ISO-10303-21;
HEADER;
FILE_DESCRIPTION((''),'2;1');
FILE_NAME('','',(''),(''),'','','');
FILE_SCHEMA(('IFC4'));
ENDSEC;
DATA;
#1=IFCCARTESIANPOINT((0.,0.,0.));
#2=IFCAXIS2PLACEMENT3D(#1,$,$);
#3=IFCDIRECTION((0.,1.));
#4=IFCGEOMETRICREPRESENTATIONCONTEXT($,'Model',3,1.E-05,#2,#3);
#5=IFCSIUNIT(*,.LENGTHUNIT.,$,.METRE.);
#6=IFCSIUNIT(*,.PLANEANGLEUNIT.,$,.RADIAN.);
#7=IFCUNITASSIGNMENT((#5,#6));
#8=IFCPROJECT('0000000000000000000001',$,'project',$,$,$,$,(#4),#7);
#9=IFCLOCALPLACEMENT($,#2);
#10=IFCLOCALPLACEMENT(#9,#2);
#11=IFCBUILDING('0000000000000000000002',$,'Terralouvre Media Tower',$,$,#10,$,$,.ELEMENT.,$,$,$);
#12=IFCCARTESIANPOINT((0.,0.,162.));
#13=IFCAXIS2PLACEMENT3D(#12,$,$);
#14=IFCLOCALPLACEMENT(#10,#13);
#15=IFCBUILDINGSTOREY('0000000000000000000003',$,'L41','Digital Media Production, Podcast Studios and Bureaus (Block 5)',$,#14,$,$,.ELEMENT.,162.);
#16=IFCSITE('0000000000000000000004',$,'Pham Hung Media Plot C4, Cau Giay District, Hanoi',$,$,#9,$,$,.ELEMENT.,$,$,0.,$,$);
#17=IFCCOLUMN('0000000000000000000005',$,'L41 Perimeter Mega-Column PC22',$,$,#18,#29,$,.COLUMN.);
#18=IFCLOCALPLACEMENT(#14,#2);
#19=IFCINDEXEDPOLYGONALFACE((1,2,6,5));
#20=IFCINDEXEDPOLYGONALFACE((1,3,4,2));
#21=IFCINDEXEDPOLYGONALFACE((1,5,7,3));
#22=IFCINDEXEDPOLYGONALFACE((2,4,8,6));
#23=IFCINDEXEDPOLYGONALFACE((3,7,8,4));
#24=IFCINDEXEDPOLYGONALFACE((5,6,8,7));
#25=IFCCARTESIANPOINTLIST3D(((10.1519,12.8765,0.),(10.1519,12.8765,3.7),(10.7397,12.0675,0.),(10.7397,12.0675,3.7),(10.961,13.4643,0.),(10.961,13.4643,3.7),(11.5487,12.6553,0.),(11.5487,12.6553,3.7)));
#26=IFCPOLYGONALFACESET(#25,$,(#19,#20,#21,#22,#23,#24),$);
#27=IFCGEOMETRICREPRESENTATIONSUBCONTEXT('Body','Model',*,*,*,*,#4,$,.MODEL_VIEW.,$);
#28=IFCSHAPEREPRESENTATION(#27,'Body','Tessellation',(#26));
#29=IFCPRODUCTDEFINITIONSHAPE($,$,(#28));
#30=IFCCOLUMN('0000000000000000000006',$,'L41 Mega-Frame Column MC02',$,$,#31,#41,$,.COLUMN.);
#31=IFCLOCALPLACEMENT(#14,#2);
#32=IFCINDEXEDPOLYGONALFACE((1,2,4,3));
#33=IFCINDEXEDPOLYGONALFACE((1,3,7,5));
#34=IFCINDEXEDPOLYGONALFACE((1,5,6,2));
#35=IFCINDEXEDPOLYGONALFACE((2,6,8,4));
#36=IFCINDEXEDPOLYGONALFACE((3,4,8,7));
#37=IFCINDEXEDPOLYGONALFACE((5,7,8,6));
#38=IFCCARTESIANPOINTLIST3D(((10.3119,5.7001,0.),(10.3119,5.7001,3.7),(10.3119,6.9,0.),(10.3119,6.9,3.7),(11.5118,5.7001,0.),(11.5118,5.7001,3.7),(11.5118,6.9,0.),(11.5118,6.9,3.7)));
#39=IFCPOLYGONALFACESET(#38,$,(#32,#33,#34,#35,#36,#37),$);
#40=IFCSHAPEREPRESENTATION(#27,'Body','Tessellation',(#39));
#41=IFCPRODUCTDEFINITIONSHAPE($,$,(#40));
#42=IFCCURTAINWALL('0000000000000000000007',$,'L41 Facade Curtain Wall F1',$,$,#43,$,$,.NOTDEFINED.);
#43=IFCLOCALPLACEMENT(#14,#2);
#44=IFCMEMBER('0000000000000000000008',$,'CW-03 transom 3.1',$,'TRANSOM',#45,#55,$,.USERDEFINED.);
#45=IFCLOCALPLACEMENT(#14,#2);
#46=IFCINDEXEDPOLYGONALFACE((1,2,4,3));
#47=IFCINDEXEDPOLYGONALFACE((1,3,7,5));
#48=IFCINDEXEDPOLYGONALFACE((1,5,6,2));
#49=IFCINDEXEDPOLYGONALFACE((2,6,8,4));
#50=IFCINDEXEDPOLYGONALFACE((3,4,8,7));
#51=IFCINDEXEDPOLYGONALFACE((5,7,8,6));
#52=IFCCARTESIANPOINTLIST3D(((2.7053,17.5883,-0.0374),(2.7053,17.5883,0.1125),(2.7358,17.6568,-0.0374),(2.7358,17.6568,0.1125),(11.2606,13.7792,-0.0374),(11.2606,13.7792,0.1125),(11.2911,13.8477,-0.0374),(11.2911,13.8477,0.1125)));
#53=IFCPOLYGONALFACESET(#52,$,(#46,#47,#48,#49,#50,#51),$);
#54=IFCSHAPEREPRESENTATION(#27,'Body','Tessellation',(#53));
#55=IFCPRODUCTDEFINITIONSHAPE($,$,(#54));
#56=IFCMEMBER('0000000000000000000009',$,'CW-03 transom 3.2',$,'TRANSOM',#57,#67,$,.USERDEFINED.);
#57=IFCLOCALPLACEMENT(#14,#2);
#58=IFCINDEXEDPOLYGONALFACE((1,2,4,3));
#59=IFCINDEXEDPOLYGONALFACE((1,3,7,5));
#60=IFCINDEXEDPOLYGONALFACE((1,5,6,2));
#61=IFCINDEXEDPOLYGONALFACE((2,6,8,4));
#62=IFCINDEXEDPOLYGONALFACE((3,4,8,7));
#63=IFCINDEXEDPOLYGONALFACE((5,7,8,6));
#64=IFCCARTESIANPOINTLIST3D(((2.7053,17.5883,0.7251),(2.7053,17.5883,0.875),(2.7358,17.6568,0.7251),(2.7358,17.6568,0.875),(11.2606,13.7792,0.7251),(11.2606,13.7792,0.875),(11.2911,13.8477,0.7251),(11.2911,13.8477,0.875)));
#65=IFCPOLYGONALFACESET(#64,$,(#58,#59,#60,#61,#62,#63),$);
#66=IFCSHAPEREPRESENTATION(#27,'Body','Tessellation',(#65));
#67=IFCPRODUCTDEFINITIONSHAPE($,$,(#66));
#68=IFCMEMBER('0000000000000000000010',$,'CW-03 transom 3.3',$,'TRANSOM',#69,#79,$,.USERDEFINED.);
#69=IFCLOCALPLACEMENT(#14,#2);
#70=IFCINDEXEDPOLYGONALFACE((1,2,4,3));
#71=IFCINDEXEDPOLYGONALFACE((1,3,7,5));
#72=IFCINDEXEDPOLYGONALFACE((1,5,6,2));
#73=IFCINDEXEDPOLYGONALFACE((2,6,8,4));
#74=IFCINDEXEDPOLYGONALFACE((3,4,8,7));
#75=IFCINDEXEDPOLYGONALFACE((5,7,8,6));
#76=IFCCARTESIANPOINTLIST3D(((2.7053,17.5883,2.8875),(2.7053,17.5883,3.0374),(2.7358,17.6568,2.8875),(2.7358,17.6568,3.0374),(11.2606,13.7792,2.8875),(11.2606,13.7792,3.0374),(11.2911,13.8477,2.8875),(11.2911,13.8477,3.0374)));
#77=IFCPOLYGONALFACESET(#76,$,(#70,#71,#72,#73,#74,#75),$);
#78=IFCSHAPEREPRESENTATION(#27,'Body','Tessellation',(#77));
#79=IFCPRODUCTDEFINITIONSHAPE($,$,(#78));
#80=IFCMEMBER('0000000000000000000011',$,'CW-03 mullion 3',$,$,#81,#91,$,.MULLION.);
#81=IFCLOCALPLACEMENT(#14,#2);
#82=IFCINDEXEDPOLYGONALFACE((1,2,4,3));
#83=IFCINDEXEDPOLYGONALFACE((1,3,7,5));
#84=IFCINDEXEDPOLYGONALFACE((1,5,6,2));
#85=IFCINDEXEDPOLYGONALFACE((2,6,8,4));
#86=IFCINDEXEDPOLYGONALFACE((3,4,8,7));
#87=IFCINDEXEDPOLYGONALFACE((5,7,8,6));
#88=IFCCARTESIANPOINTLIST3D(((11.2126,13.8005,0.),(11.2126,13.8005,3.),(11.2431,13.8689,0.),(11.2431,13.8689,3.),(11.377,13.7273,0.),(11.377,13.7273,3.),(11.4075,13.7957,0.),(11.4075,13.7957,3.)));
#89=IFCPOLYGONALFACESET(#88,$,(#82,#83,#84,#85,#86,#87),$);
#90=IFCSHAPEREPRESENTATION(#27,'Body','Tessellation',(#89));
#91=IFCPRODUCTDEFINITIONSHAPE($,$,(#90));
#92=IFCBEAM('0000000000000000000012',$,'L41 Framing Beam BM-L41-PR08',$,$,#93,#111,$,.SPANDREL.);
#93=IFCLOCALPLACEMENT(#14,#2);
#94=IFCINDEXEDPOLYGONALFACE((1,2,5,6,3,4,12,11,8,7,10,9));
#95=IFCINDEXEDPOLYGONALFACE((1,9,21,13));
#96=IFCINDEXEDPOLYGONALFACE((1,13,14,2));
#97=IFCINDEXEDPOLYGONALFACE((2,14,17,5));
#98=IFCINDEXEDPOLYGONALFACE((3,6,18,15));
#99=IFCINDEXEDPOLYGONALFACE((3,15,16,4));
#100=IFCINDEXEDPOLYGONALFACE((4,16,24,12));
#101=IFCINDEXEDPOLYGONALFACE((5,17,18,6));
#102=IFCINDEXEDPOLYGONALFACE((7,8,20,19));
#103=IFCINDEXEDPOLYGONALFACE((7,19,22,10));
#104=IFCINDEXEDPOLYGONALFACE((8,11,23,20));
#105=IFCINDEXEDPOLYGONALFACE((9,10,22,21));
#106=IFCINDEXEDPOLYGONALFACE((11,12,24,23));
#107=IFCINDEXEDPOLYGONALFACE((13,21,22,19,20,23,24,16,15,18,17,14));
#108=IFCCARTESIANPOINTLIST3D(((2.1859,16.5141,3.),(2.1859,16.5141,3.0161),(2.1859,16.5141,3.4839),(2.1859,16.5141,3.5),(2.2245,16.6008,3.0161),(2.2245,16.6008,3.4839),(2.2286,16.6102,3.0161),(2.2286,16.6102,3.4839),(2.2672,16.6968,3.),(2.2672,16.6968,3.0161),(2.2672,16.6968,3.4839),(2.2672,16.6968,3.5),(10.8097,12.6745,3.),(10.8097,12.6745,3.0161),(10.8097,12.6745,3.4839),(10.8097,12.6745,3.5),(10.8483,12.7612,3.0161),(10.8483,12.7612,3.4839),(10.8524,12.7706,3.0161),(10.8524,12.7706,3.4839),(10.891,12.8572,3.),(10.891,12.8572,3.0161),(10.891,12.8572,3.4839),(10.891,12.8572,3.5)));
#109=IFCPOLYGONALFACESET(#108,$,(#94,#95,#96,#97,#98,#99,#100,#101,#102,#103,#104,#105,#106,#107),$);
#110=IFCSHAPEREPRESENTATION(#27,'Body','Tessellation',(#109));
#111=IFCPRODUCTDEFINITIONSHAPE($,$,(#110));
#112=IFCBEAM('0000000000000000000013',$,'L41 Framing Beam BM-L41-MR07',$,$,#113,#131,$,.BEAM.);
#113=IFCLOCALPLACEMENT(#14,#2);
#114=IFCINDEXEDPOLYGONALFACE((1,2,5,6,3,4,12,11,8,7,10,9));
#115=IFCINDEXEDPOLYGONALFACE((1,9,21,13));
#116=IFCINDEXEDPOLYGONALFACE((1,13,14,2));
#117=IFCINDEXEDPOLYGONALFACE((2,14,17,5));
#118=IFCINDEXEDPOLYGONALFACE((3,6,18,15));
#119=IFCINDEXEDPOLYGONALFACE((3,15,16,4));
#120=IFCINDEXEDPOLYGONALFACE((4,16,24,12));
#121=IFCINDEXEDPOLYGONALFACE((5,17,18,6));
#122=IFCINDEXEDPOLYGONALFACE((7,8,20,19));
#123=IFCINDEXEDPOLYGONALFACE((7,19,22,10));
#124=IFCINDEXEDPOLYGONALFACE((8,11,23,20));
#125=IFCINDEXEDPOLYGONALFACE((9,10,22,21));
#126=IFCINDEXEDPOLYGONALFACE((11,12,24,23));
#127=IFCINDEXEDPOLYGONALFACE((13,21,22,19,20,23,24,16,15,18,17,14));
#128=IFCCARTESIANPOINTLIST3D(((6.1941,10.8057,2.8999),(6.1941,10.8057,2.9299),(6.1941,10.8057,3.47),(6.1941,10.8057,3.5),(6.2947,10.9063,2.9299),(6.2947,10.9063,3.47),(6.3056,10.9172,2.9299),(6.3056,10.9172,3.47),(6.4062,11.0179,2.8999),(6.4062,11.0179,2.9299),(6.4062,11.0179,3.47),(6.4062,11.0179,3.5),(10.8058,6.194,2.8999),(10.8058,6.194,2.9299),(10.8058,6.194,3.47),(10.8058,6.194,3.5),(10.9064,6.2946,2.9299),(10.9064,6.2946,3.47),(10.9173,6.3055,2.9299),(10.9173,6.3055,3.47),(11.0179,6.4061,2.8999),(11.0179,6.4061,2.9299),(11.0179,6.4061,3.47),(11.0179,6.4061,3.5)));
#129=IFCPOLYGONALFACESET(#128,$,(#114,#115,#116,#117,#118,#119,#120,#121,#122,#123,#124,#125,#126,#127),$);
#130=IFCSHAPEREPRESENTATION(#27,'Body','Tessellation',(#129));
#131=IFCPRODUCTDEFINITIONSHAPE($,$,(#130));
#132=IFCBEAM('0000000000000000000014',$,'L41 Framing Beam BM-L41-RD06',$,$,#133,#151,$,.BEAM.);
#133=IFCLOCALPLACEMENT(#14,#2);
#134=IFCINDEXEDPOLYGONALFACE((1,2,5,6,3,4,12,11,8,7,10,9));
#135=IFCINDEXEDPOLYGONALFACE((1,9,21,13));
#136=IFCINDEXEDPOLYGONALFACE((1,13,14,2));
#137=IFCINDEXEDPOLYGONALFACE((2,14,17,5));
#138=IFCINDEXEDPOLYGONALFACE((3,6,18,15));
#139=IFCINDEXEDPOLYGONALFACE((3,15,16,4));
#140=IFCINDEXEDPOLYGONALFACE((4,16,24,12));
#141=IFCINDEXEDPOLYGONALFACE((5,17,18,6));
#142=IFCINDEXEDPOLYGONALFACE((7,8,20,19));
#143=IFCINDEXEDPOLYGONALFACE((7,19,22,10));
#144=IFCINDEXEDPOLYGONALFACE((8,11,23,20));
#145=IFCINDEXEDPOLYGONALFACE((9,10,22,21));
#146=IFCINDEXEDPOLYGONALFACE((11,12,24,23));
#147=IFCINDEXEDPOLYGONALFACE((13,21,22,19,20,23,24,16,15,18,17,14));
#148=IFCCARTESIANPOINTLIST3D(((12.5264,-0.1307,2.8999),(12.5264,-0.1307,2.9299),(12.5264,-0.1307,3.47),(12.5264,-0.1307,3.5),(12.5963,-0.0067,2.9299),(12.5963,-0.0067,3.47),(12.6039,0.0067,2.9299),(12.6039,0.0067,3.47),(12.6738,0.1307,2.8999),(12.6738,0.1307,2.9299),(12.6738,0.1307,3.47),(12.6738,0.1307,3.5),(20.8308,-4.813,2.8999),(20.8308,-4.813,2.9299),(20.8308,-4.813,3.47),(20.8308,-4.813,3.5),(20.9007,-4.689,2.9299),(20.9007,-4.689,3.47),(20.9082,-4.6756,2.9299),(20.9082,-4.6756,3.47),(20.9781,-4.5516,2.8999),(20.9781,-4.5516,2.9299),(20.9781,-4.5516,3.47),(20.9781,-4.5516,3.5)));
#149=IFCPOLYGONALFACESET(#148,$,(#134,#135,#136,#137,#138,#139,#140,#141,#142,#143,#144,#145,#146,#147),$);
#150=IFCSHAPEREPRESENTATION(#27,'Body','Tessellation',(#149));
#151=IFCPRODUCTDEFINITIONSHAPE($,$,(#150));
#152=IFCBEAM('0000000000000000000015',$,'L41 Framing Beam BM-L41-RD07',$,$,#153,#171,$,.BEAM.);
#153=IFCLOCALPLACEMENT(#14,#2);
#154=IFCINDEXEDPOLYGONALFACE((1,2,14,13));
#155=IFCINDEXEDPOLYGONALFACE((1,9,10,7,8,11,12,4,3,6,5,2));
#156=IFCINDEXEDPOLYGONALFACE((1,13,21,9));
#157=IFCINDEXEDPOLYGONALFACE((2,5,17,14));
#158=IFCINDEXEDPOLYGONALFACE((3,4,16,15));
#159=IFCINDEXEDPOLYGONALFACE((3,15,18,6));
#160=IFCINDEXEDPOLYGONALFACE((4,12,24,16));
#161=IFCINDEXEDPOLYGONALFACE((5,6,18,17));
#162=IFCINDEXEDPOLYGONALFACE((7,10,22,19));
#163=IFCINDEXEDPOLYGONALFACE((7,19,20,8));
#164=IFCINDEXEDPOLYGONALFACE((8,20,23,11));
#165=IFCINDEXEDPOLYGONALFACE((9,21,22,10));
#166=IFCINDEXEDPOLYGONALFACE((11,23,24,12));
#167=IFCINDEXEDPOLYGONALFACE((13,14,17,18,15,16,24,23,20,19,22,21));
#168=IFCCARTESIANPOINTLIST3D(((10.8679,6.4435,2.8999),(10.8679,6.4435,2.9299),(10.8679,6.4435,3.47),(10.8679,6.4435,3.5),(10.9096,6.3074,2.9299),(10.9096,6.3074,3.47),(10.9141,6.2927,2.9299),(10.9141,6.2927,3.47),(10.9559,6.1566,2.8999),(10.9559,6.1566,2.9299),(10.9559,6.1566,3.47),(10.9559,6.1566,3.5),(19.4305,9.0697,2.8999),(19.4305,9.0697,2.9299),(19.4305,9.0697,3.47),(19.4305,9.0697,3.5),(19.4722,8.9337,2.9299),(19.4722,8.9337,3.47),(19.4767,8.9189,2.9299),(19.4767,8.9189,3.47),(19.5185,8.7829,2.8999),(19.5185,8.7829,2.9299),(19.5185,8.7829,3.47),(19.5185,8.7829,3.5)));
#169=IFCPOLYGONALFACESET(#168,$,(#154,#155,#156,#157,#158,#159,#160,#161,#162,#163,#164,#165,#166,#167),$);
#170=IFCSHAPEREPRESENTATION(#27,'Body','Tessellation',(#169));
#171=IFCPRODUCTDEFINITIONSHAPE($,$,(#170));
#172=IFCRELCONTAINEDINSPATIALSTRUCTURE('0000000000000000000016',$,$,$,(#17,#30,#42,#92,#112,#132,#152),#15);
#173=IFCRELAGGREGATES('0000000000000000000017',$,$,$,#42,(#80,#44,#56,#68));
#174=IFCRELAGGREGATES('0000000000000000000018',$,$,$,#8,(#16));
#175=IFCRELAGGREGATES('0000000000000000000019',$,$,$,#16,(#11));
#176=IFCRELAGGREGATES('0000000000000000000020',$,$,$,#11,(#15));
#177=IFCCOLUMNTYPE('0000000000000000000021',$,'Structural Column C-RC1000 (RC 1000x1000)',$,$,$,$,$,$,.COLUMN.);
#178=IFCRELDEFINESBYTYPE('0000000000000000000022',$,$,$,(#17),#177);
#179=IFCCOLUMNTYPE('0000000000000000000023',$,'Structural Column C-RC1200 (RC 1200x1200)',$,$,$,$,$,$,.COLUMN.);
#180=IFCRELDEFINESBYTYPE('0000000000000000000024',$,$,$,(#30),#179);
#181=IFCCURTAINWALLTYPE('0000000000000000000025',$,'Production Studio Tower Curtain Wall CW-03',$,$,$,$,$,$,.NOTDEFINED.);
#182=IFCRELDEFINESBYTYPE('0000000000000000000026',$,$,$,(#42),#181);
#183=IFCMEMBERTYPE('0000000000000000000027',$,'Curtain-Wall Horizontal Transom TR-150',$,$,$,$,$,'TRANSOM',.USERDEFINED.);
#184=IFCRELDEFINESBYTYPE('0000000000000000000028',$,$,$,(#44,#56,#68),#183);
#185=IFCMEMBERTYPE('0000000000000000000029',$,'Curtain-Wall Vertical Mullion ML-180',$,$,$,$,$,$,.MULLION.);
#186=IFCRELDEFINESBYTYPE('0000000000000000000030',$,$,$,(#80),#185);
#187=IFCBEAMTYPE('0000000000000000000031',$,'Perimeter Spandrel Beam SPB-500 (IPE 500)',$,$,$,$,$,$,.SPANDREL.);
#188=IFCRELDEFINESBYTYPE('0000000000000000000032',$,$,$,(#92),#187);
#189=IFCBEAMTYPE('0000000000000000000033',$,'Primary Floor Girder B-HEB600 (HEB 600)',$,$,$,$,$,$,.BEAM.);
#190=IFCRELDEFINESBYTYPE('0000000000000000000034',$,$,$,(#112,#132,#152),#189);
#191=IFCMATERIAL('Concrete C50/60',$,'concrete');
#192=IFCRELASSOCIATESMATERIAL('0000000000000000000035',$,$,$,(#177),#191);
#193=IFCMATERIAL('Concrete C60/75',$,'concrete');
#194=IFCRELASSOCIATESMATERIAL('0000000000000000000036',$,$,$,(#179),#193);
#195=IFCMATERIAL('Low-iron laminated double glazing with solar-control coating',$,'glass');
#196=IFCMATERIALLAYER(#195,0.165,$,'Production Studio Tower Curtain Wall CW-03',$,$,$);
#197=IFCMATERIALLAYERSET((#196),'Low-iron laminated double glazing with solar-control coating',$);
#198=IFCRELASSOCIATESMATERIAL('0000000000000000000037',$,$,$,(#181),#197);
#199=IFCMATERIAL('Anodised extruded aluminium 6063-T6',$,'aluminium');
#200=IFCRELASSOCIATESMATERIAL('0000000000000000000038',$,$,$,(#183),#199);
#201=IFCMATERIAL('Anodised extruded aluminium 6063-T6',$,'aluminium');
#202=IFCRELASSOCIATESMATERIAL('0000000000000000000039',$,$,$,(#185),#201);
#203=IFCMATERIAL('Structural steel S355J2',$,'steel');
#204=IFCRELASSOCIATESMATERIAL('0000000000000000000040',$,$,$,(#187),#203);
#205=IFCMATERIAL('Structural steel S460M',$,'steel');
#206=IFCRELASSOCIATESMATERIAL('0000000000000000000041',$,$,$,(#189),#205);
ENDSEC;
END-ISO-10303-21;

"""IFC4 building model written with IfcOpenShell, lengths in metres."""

from ifc_helpers import new_model, si_unit, direction, frame, origin, origin_2d, place, context, subcontext, project, spatial, rectangle, i_section, extrude, material, layer, layer_set, material_profile, profile_set, type_object, element, aggregate, save


model = new_model("IFC4")

# Units and contexts
model_context = context("Model", 3, precision=1e-05, world=origin(), true_north=direction((0.0, 1.0)))
body_context = subcontext(model_context, "Body", "Model", "MODEL_VIEW")
ifc_project = project(units=[si_unit("LENGTHUNIT", "METRE"), si_unit("PLANEANGLEUNIT", "RADIAN")], contexts=[model_context])

# Site, building, storey
site_placement = place(None, origin())
site = spatial("IfcSite", under=ifc_project, at=site_placement, Name="Pham Hung Media Plot C4, Cau Giay District, Hanoi", CompositionType="ELEMENT", RefElevation=0.0)
building_placement = place(site_placement, origin())
building = spatial("IfcBuilding", under=site, at=building_placement, Name="Terralouvre Media Tower", CompositionType="ELEMENT")
storey_placement = place(building_placement, frame((0.0, 0.0, 162.0)))
storey = spatial("IfcBuildingStorey", under=building, at=storey_placement, Name="L41", Description="Digital Media Production, Podcast Studios and Bureaus (Block 5)", CompositionType="ELEMENT", Elevation=162.0)

# Columns
ifc_material_1 = material(Name="Concrete C50/60", Category="concrete")
ifc_material_profile_1 = material_profile(ifc_material_1, rectangle(XDim=1.0, YDim=1.0, at=origin_2d()), Name="RC 1000x1000")
ifc_profile_set_1 = profile_set([ifc_material_profile_1], Name="Concrete C50/60")
column_type_1 = type_object("IfcColumnType", Name="Structural Column C-RC1000 (RC 1000x1000)", PredefinedType="COLUMN", material=ifc_profile_set_1)
column_1_placement = place(storey_placement, frame((10.8503, 12.7659, 0.0), z_axis=(0.0, 0.0, 1.0), x_axis=(0.809017, 0.587785, 0.0)))
element("IfcColumn", 1, at=column_1_placement, inside=storey, type_object=column_type_1, Name="L41 Perimeter Mega-Column PC22", PredefinedType="COLUMN", context=body_context, shape_type="SweptSolid", body=[
    extrude(rectangle(XDim=1.0, YDim=1.0, at=origin_2d()), origin(), (0.0, 0.0, 1.0), 3.7),
])
ifc_material_2 = material(Name="Concrete C60/75", Category="concrete")
ifc_material_profile_2 = material_profile(ifc_material_2, rectangle(XDim=1.2, YDim=1.2, at=origin_2d()), Name="RC 1200x1200")
ifc_profile_set_2 = profile_set([ifc_material_profile_2], Name="Concrete C60/75")
column_type_2 = type_object("IfcColumnType", Name="Structural Column C-RC1200 (RC 1200x1200)", PredefinedType="COLUMN", material=ifc_profile_set_2)
column_2_placement = place(storey_placement, frame((10.9119, 6.3, 0.0), z_axis=(0.0, 0.0, 1.0), x_axis=(1.0, 0.0, 0.0)))
element("IfcColumn", 2, at=column_2_placement, inside=storey, type_object=column_type_2, Name="L41 Mega-Frame Column MC02", PredefinedType="COLUMN", context=body_context, shape_type="SweptSolid", body=[
    extrude(rectangle(XDim=1.2, YDim=1.2, at=origin_2d()), origin(), (0.0, 0.0, 1.0), 3.7),
])

# Curtain wall, members
ifc_material_3 = material(Name="Low-iron laminated double glazing with solar-control coating", Category="glass")
ifc_layer_1 = layer(ifc_material_3, 0.165, Name="Production Studio Tower Curtain Wall CW-03")
ifc_layer_set_1 = layer_set([ifc_layer_1], Name="Low-iron laminated double glazing with solar-control coating")
curtain_wall_type = type_object("IfcCurtainWallType", Name="Production Studio Tower Curtain Wall CW-03", PredefinedType="NOTDEFINED", material=ifc_layer_set_1)
curtain_wall_placement = place(storey_placement, origin())
curtain_wall = element("IfcCurtainWall", 3, at=curtain_wall_placement, inside=storey, type_object=curtain_wall_type, Name="L41 Facade Curtain Wall F1", PredefinedType="NOTDEFINED")
ifc_material_4 = material(Name="Anodised extruded aluminium 6063-T6", Category="aluminium")
ifc_material_profile_3 = material_profile(ifc_material_4, rectangle(XDim=0.075, YDim=0.1499, at=origin_2d()), Name="ALU 75x150")
ifc_profile_set_3 = profile_set([ifc_material_profile_3], Name="Anodised extruded aluminium 6063-T6")
member_type_1 = type_object("IfcMemberType", Name="Curtain-Wall Horizontal Transom TR-150", ElementType="TRANSOM", PredefinedType="USERDEFINED", material=ifc_profile_set_3)
member_1_placement = place(storey_placement, frame((11.2759, 13.8135, 0.0376), z_axis=(-0.913547, 0.406733, 0.0), x_axis=(-0.406733, -0.913547, 0.0)))
member_1 = element("IfcMember", 4, at=member_1_placement, type_object=member_type_1, Name="CW-03 transom 3.1", ObjectType="TRANSOM", PredefinedType="USERDEFINED", context=body_context, shape_type="SweptSolid", body=[
    extrude(rectangle(XDim=0.075, YDim=0.1499, at=origin_2d()), origin(), (0.0, 0.0, 1.0), 9.365),
])
member_2_placement = place(storey_placement, frame((11.2759, 13.8135, 0.8), z_axis=(-0.913547, 0.406733, 0.0), x_axis=(-0.406733, -0.913547, 0.0)))
member_2 = element("IfcMember", 5, at=member_2_placement, type_object=member_type_1, Name="CW-03 transom 3.2", ObjectType="TRANSOM", PredefinedType="USERDEFINED", context=body_context, shape_type="SweptSolid", body=[
    extrude(rectangle(XDim=0.075, YDim=0.1499, at=origin_2d()), origin(), (0.0, 0.0, 1.0), 9.365),
])
member_3_placement = place(storey_placement, frame((11.2759, 13.8135, 2.9624), z_axis=(-0.913547, 0.406733, 0.0), x_axis=(-0.406733, -0.913547, 0.0)))
member_3 = element("IfcMember", 6, at=member_3_placement, type_object=member_type_1, Name="CW-03 transom 3.3", ObjectType="TRANSOM", PredefinedType="USERDEFINED", context=body_context, shape_type="SweptSolid", body=[
    extrude(rectangle(XDim=0.075, YDim=0.1499, at=origin_2d()), origin(), (0.0, 0.0, 1.0), 9.365),
])
ifc_material_5 = material(Name="Anodised extruded aluminium 6063-T6", Category="aluminium")
ifc_material_profile_4 = material_profile(ifc_material_5, rectangle(XDim=0.075, YDim=0.1799, at=origin_2d()), Name="ALU 75x180")
ifc_profile_set_4 = profile_set([ifc_material_profile_4], Name="Anodised extruded aluminium 6063-T6")
member_type_2 = type_object("IfcMemberType", Name="Curtain-Wall Vertical Mullion ML-180", PredefinedType="MULLION", material=ifc_profile_set_4)
member_4_placement = place(storey_placement, frame((11.3101, 13.7981, 0.0), z_axis=(0.0, 0.0, 1.0), x_axis=(-0.406737, -0.913545, 0.0)))
member_4 = element("IfcMember", 7, at=member_4_placement, type_object=member_type_2, Name="CW-03 mullion 3", PredefinedType="MULLION", context=body_context, shape_type="SweptSolid", body=[
    extrude(rectangle(XDim=0.075, YDim=0.1799, at=origin_2d()), origin(), (0.0, 0.0, 1.0), 3.0),
])
aggregate(curtain_wall, [member_4, member_1, member_2, member_3])

# Beams
ifc_material_6 = material(Name="Structural steel S355J2", Category="steel")
ifc_material_profile_5 = material_profile(ifc_material_6, i_section(OverallWidth=0.2, OverallDepth=0.5, WebThickness=0.0103, FlangeThickness=0.0161, at=origin_2d()), Name="IPE 500")
ifc_profile_set_5 = profile_set([ifc_material_profile_5], Name="Structural steel S355J2")
beam_type_1 = type_object("IfcBeamType", Name="Perimeter Spandrel Beam SPB-500 (IPE 500)", PredefinedType="SPANDREL", material=ifc_profile_set_5)
beam_1_placement = place(storey_placement, frame((10.8503, 12.7659, 3.25), z_axis=(-0.913544, 0.406741, 0.0), x_axis=(-0.406741, -0.913544, 0.0)))
element("IfcBeam", 8, at=beam_1_placement, inside=storey, type_object=beam_type_1, Name="L41 Framing Beam BM-L41-PR08", PredefinedType="SPANDREL", context=body_context, shape_type="SweptSolid", body=[
    extrude(i_section(OverallWidth=0.2, OverallDepth=0.5, WebThickness=0.0103, FlangeThickness=0.0161, at=origin_2d()), origin(), (0.0, 0.0, 1.0), 9.4399),
])
ifc_material_7 = material(Name="Structural steel S460M", Category="steel")
ifc_material_profile_6 = material_profile(ifc_material_7, i_section(OverallWidth=0.3, OverallDepth=0.6001, WebThickness=0.0154, FlangeThickness=0.03, at=origin_2d()), Name="HEB 600")
ifc_profile_set_6 = profile_set([ifc_material_profile_6], Name="Structural steel S460M")
beam_type_2 = type_object("IfcBeamType", Name="Primary Floor Girder B-HEB600 (HEB 600)", PredefinedType="BEAM", material=ifc_profile_set_6)
beam_2_placement = place(storey_placement, frame((10.9119, 6.3, 3.2), z_axis=(-0.707107, 0.707107, 0.0), x_axis=(-0.707107, -0.707107, 0.0)))
element("IfcBeam", 9, at=beam_2_placement, inside=storey, type_object=beam_type_2, Name="L41 Framing Beam BM-L41-MR07", PredefinedType="BEAM", context=body_context, shape_type="SweptSolid", body=[
    extrude(i_section(OverallWidth=0.3, OverallDepth=0.6001, WebThickness=0.0154, FlangeThickness=0.03, at=origin_2d()), origin(), (0.0, 0.0, 1.0), 6.522),
])
beam_3_placement = place(storey_placement, frame((12.6001, 0.0, 3.2), z_axis=(0.871077, -0.491147, 0.0), x_axis=(0.491147, 0.871077, 0.0)))
element("IfcBeam", 10, at=beam_3_placement, inside=storey, type_object=beam_type_2, Name="L41 Framing Beam BM-L41-RD06", PredefinedType="BEAM", context=body_context, shape_type="SweptSolid", body=[
    extrude(i_section(OverallWidth=0.3, OverallDepth=0.6001, WebThickness=0.0154, FlangeThickness=0.03, at=origin_2d()), origin(), (0.0, 0.0, 1.0), 9.5334),
])
beam_4_placement = place(storey_placement, frame((10.9119, 6.3, 3.2), z_axis=(0.956042, 0.293229, 0.0), x_axis=(-0.293229, 0.956042, 0.0)))
element("IfcBeam", 11, at=beam_4_placement, inside=storey, type_object=beam_type_2, Name="L41 Framing Beam BM-L41-RD07", PredefinedType="BEAM", context=body_context, shape_type="SweptSolid", body=[
    extrude(i_section(OverallWidth=0.3, OverallDepth=0.6001, WebThickness=0.0154, FlangeThickness=0.03, at=origin_2d()), origin(), (0.0, 0.0, 1.0), 8.9563),
])

save(model, "model.ifc")
